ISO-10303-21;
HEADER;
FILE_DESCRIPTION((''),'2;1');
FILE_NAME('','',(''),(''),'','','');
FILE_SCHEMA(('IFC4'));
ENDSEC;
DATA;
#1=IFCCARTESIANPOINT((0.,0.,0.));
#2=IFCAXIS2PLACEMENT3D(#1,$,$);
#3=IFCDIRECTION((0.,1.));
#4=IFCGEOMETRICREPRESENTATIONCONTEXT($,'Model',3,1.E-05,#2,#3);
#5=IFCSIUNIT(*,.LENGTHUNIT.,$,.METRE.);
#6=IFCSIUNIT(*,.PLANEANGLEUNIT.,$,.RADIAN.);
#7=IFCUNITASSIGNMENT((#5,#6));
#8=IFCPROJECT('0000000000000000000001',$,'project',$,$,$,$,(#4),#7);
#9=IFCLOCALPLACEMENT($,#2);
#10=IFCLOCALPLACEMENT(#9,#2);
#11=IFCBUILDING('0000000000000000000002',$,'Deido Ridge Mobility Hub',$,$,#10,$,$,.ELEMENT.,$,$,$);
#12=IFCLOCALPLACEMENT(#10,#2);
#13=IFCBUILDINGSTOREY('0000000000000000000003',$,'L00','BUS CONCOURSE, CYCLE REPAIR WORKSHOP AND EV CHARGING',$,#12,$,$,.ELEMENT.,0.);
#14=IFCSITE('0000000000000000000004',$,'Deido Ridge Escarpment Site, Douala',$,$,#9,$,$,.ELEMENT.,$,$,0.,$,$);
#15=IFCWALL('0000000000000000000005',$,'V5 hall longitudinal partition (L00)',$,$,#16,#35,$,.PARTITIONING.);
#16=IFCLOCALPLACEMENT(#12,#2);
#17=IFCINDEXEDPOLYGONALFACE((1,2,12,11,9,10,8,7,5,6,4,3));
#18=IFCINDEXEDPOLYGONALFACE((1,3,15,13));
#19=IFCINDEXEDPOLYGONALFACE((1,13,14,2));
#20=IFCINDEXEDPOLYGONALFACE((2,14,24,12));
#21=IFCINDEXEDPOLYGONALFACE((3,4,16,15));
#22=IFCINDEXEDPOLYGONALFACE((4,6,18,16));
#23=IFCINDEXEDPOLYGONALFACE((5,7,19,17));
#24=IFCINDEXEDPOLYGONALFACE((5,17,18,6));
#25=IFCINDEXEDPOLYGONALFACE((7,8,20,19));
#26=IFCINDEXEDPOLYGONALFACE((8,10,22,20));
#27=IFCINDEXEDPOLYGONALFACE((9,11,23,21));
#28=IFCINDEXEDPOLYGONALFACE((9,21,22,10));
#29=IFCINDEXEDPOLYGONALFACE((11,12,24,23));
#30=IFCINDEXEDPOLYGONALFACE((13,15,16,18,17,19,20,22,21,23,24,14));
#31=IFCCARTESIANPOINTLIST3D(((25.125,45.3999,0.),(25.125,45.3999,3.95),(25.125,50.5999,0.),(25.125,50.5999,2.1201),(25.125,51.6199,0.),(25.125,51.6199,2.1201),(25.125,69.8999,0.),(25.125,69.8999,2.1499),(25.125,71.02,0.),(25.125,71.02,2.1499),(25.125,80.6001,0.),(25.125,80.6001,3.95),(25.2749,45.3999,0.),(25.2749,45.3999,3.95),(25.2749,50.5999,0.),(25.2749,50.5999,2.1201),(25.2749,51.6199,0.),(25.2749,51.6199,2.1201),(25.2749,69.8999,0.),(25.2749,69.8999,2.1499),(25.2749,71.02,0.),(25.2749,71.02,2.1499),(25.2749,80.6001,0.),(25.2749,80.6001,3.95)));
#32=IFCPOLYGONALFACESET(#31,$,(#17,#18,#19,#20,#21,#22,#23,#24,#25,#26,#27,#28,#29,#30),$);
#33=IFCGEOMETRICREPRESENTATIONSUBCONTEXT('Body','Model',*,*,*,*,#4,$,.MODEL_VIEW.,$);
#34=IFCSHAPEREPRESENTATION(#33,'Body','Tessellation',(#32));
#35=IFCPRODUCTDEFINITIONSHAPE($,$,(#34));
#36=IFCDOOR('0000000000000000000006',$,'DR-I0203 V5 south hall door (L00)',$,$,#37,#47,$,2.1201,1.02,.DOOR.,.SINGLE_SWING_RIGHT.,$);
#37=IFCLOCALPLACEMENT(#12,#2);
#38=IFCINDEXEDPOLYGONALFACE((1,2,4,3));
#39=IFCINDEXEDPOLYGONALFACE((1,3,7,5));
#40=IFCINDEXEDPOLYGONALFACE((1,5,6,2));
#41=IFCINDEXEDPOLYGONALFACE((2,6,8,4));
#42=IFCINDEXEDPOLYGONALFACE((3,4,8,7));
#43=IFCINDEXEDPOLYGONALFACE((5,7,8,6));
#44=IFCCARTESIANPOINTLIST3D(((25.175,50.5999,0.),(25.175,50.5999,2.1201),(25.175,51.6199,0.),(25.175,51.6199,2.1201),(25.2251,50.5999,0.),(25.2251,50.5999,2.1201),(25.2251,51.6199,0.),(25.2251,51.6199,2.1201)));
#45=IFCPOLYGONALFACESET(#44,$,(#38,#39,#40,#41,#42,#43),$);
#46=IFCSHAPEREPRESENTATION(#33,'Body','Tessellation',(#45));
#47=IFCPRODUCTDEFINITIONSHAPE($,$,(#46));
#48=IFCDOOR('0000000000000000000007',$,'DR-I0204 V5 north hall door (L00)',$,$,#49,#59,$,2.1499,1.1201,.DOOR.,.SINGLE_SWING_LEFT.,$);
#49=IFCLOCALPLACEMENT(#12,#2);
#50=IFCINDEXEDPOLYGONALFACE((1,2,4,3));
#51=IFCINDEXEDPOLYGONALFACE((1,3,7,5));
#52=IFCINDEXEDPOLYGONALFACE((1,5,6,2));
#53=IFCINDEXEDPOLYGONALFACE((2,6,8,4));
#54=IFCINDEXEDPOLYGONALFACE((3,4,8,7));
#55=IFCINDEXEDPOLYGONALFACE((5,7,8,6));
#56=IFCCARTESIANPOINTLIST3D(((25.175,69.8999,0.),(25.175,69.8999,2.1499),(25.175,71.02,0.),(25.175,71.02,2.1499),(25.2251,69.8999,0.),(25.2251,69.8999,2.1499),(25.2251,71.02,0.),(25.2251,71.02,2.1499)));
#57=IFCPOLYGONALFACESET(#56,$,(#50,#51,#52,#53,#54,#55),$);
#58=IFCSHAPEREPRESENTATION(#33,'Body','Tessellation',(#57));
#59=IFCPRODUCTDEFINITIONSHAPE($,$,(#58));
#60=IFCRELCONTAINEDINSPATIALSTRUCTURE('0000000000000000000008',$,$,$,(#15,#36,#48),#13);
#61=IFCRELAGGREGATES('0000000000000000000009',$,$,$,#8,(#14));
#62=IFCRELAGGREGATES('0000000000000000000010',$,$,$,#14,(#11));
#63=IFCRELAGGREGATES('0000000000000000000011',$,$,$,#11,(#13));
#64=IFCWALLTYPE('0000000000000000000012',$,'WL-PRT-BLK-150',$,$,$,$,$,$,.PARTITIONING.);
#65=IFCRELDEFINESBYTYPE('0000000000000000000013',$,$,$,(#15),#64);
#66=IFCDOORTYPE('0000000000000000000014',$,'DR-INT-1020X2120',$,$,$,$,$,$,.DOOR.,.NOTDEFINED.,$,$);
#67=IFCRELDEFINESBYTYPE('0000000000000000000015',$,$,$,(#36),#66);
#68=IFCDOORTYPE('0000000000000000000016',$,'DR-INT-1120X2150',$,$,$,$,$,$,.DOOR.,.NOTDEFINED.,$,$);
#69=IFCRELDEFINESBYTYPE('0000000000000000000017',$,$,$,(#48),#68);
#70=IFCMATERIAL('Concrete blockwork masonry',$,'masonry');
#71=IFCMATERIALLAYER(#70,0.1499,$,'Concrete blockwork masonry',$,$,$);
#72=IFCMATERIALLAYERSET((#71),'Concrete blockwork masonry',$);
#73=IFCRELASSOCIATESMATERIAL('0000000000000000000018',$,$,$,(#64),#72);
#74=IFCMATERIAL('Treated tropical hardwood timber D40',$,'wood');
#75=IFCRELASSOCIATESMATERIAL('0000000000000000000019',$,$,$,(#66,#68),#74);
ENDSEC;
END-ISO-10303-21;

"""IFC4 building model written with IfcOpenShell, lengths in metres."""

from ifc_helpers import new_model, si_unit, direction, frame, frame_2d, origin, place, context, subcontext, project, spatial, rectangle, extrude, material, layer, layer_set, type_object, element, fill, save


model = new_model("IFC4")

# Units and contexts
model_context = context("Model", 3, precision=1e-05, world=origin(), true_north=direction((0.0, 1.0)))
body_context = subcontext(model_context, "Body", "Model", "MODEL_VIEW")
ifc_project = project(units=[si_unit("LENGTHUNIT", "METRE"), si_unit("PLANEANGLEUNIT", "RADIAN")], contexts=[model_context])

# Site, building, storey
site_placement = place(None, origin())
site = spatial("IfcSite", under=ifc_project, at=site_placement, Name="Deido Ridge Escarpment Site, Douala", CompositionType="ELEMENT", RefElevation=0.0)
building_placement = place(site_placement, origin())
building = spatial("IfcBuilding", under=site, at=building_placement, Name="Deido Ridge Mobility Hub", CompositionType="ELEMENT")
storey_placement = place(building_placement, origin())
storey = spatial("IfcBuildingStorey", under=building, at=storey_placement, Name="L00", Description="BUS CONCOURSE, CYCLE REPAIR WORKSHOP AND EV CHARGING", CompositionType="ELEMENT", Elevation=0.0)

# Shared definitions
ifc_material_1 = material(Name="Concrete blockwork masonry", Category="masonry")

# Wall, openings, doors
ifc_layer_1 = layer(ifc_material_1, 0.1499, Name="Concrete blockwork masonry")
ifc_layer_set_1 = layer_set([ifc_layer_1], Name="Concrete blockwork masonry")
wall_type_1 = type_object("IfcWallType", Name="WL-PRT-BLK-150", PredefinedType="PARTITIONING", material=ifc_layer_set_1)
wall_1_placement = place(storey_placement, frame((25.2, 45.3999, 0.0), z_axis=(0.0, 0.0, 1.0), x_axis=(0.0, 1.0, 0.0)))
wall_1 = element("IfcWall", 1, at=wall_1_placement, inside=storey, type_object=wall_type_1, Name="V5 hall longitudinal partition (L00)", PredefinedType="PARTITIONING", context=body_context, shape_type="SweptSolid", body=[
    extrude(rectangle(XDim=35.2002, YDim=0.1499, at=frame_2d((17.6001, 0.0))), origin(), (0.0, 0.0, 1.0), 3.95),
])
opening_1_placement = place(wall_1_placement, frame((5.2, 0.0, 0.0)))
opening_1 = element("IfcOpeningElement", 2, at=opening_1_placement, cuts=wall_1, PredefinedType="OPENING", context=body_context, shape_type="SweptSolid", body=[
    extrude(rectangle(XDim=1.02, YDim=2.1201, at=frame_2d((0.51, 1.0601))), frame((0.0, 0.085, 0.0), z_axis=(0.0, -1.0, 0.0), x_axis=(1.0, 0.0, 0.0)), (0.0, 0.0, 1.0), 0.1699),
])
opening_2_placement = place(wall_1_placement, frame((24.5, 0.0, 0.0)))
opening_2 = element("IfcOpeningElement", 3, at=opening_2_placement, cuts=wall_1, PredefinedType="OPENING", context=body_context, shape_type="SweptSolid", body=[
    extrude(rectangle(XDim=1.1201, YDim=2.1499, at=frame_2d((0.5601, 1.075))), frame((0.0, 0.085, 0.0), z_axis=(0.0, -1.0, 0.0), x_axis=(1.0, 0.0, 0.0)), (0.0, 0.0, 1.0), 0.1699),
])
ifc_material_2 = material(Name="Treated tropical hardwood timber D40", Category="wood")
door_type_1 = type_object("IfcDoorType", Name="DR-INT-1020X2120", OperationType="NOTDEFINED", PredefinedType="DOOR", material=ifc_material_2)
door_1_placement = place(opening_1_placement, origin())
door_1 = element("IfcDoor", 4, at=door_1_placement, inside=storey, type_object=door_type_1, Name="DR-I0203 V5 south hall door (L00)", OperationType="SINGLE_SWING_RIGHT", OverallHeight=2.1201, OverallWidth=1.02, PredefinedType="DOOR", context=body_context, shape_type="SweptSolid", body=[
    extrude(rectangle(XDim=1.02, YDim=2.1201, at=frame_2d((0.51, 1.0601))), frame((0.0, 0.0249, 0.0), z_axis=(0.0, -1.0, 0.0), x_axis=(1.0, 0.0, 0.0)), (0.0, 0.0, 1.0), 0.05),
])
fill(opening_1, door_1)
door_type_2 = type_object("IfcDoorType", Name="DR-INT-1120X2150", OperationType="NOTDEFINED", PredefinedType="DOOR", material=ifc_material_2)
door_2_placement = place(opening_2_placement, origin())
door_2 = element("IfcDoor", 5, at=door_2_placement, inside=storey, type_object=door_type_2, Name="DR-I0204 V5 north hall door (L00)", OperationType="SINGLE_SWING_LEFT", OverallHeight=2.1499, OverallWidth=1.1201, PredefinedType="DOOR", context=body_context, shape_type="SweptSolid", body=[
    extrude(rectangle(XDim=1.1201, YDim=2.1499, at=frame_2d((0.5601, 1.075))), frame((0.0, 0.0249, 0.0), z_axis=(0.0, -1.0, 0.0), x_axis=(1.0, 0.0, 0.0)), (0.0, 0.0, 1.0), 0.05),
])
fill(opening_2, door_2)

save(model, "model.ifc")
